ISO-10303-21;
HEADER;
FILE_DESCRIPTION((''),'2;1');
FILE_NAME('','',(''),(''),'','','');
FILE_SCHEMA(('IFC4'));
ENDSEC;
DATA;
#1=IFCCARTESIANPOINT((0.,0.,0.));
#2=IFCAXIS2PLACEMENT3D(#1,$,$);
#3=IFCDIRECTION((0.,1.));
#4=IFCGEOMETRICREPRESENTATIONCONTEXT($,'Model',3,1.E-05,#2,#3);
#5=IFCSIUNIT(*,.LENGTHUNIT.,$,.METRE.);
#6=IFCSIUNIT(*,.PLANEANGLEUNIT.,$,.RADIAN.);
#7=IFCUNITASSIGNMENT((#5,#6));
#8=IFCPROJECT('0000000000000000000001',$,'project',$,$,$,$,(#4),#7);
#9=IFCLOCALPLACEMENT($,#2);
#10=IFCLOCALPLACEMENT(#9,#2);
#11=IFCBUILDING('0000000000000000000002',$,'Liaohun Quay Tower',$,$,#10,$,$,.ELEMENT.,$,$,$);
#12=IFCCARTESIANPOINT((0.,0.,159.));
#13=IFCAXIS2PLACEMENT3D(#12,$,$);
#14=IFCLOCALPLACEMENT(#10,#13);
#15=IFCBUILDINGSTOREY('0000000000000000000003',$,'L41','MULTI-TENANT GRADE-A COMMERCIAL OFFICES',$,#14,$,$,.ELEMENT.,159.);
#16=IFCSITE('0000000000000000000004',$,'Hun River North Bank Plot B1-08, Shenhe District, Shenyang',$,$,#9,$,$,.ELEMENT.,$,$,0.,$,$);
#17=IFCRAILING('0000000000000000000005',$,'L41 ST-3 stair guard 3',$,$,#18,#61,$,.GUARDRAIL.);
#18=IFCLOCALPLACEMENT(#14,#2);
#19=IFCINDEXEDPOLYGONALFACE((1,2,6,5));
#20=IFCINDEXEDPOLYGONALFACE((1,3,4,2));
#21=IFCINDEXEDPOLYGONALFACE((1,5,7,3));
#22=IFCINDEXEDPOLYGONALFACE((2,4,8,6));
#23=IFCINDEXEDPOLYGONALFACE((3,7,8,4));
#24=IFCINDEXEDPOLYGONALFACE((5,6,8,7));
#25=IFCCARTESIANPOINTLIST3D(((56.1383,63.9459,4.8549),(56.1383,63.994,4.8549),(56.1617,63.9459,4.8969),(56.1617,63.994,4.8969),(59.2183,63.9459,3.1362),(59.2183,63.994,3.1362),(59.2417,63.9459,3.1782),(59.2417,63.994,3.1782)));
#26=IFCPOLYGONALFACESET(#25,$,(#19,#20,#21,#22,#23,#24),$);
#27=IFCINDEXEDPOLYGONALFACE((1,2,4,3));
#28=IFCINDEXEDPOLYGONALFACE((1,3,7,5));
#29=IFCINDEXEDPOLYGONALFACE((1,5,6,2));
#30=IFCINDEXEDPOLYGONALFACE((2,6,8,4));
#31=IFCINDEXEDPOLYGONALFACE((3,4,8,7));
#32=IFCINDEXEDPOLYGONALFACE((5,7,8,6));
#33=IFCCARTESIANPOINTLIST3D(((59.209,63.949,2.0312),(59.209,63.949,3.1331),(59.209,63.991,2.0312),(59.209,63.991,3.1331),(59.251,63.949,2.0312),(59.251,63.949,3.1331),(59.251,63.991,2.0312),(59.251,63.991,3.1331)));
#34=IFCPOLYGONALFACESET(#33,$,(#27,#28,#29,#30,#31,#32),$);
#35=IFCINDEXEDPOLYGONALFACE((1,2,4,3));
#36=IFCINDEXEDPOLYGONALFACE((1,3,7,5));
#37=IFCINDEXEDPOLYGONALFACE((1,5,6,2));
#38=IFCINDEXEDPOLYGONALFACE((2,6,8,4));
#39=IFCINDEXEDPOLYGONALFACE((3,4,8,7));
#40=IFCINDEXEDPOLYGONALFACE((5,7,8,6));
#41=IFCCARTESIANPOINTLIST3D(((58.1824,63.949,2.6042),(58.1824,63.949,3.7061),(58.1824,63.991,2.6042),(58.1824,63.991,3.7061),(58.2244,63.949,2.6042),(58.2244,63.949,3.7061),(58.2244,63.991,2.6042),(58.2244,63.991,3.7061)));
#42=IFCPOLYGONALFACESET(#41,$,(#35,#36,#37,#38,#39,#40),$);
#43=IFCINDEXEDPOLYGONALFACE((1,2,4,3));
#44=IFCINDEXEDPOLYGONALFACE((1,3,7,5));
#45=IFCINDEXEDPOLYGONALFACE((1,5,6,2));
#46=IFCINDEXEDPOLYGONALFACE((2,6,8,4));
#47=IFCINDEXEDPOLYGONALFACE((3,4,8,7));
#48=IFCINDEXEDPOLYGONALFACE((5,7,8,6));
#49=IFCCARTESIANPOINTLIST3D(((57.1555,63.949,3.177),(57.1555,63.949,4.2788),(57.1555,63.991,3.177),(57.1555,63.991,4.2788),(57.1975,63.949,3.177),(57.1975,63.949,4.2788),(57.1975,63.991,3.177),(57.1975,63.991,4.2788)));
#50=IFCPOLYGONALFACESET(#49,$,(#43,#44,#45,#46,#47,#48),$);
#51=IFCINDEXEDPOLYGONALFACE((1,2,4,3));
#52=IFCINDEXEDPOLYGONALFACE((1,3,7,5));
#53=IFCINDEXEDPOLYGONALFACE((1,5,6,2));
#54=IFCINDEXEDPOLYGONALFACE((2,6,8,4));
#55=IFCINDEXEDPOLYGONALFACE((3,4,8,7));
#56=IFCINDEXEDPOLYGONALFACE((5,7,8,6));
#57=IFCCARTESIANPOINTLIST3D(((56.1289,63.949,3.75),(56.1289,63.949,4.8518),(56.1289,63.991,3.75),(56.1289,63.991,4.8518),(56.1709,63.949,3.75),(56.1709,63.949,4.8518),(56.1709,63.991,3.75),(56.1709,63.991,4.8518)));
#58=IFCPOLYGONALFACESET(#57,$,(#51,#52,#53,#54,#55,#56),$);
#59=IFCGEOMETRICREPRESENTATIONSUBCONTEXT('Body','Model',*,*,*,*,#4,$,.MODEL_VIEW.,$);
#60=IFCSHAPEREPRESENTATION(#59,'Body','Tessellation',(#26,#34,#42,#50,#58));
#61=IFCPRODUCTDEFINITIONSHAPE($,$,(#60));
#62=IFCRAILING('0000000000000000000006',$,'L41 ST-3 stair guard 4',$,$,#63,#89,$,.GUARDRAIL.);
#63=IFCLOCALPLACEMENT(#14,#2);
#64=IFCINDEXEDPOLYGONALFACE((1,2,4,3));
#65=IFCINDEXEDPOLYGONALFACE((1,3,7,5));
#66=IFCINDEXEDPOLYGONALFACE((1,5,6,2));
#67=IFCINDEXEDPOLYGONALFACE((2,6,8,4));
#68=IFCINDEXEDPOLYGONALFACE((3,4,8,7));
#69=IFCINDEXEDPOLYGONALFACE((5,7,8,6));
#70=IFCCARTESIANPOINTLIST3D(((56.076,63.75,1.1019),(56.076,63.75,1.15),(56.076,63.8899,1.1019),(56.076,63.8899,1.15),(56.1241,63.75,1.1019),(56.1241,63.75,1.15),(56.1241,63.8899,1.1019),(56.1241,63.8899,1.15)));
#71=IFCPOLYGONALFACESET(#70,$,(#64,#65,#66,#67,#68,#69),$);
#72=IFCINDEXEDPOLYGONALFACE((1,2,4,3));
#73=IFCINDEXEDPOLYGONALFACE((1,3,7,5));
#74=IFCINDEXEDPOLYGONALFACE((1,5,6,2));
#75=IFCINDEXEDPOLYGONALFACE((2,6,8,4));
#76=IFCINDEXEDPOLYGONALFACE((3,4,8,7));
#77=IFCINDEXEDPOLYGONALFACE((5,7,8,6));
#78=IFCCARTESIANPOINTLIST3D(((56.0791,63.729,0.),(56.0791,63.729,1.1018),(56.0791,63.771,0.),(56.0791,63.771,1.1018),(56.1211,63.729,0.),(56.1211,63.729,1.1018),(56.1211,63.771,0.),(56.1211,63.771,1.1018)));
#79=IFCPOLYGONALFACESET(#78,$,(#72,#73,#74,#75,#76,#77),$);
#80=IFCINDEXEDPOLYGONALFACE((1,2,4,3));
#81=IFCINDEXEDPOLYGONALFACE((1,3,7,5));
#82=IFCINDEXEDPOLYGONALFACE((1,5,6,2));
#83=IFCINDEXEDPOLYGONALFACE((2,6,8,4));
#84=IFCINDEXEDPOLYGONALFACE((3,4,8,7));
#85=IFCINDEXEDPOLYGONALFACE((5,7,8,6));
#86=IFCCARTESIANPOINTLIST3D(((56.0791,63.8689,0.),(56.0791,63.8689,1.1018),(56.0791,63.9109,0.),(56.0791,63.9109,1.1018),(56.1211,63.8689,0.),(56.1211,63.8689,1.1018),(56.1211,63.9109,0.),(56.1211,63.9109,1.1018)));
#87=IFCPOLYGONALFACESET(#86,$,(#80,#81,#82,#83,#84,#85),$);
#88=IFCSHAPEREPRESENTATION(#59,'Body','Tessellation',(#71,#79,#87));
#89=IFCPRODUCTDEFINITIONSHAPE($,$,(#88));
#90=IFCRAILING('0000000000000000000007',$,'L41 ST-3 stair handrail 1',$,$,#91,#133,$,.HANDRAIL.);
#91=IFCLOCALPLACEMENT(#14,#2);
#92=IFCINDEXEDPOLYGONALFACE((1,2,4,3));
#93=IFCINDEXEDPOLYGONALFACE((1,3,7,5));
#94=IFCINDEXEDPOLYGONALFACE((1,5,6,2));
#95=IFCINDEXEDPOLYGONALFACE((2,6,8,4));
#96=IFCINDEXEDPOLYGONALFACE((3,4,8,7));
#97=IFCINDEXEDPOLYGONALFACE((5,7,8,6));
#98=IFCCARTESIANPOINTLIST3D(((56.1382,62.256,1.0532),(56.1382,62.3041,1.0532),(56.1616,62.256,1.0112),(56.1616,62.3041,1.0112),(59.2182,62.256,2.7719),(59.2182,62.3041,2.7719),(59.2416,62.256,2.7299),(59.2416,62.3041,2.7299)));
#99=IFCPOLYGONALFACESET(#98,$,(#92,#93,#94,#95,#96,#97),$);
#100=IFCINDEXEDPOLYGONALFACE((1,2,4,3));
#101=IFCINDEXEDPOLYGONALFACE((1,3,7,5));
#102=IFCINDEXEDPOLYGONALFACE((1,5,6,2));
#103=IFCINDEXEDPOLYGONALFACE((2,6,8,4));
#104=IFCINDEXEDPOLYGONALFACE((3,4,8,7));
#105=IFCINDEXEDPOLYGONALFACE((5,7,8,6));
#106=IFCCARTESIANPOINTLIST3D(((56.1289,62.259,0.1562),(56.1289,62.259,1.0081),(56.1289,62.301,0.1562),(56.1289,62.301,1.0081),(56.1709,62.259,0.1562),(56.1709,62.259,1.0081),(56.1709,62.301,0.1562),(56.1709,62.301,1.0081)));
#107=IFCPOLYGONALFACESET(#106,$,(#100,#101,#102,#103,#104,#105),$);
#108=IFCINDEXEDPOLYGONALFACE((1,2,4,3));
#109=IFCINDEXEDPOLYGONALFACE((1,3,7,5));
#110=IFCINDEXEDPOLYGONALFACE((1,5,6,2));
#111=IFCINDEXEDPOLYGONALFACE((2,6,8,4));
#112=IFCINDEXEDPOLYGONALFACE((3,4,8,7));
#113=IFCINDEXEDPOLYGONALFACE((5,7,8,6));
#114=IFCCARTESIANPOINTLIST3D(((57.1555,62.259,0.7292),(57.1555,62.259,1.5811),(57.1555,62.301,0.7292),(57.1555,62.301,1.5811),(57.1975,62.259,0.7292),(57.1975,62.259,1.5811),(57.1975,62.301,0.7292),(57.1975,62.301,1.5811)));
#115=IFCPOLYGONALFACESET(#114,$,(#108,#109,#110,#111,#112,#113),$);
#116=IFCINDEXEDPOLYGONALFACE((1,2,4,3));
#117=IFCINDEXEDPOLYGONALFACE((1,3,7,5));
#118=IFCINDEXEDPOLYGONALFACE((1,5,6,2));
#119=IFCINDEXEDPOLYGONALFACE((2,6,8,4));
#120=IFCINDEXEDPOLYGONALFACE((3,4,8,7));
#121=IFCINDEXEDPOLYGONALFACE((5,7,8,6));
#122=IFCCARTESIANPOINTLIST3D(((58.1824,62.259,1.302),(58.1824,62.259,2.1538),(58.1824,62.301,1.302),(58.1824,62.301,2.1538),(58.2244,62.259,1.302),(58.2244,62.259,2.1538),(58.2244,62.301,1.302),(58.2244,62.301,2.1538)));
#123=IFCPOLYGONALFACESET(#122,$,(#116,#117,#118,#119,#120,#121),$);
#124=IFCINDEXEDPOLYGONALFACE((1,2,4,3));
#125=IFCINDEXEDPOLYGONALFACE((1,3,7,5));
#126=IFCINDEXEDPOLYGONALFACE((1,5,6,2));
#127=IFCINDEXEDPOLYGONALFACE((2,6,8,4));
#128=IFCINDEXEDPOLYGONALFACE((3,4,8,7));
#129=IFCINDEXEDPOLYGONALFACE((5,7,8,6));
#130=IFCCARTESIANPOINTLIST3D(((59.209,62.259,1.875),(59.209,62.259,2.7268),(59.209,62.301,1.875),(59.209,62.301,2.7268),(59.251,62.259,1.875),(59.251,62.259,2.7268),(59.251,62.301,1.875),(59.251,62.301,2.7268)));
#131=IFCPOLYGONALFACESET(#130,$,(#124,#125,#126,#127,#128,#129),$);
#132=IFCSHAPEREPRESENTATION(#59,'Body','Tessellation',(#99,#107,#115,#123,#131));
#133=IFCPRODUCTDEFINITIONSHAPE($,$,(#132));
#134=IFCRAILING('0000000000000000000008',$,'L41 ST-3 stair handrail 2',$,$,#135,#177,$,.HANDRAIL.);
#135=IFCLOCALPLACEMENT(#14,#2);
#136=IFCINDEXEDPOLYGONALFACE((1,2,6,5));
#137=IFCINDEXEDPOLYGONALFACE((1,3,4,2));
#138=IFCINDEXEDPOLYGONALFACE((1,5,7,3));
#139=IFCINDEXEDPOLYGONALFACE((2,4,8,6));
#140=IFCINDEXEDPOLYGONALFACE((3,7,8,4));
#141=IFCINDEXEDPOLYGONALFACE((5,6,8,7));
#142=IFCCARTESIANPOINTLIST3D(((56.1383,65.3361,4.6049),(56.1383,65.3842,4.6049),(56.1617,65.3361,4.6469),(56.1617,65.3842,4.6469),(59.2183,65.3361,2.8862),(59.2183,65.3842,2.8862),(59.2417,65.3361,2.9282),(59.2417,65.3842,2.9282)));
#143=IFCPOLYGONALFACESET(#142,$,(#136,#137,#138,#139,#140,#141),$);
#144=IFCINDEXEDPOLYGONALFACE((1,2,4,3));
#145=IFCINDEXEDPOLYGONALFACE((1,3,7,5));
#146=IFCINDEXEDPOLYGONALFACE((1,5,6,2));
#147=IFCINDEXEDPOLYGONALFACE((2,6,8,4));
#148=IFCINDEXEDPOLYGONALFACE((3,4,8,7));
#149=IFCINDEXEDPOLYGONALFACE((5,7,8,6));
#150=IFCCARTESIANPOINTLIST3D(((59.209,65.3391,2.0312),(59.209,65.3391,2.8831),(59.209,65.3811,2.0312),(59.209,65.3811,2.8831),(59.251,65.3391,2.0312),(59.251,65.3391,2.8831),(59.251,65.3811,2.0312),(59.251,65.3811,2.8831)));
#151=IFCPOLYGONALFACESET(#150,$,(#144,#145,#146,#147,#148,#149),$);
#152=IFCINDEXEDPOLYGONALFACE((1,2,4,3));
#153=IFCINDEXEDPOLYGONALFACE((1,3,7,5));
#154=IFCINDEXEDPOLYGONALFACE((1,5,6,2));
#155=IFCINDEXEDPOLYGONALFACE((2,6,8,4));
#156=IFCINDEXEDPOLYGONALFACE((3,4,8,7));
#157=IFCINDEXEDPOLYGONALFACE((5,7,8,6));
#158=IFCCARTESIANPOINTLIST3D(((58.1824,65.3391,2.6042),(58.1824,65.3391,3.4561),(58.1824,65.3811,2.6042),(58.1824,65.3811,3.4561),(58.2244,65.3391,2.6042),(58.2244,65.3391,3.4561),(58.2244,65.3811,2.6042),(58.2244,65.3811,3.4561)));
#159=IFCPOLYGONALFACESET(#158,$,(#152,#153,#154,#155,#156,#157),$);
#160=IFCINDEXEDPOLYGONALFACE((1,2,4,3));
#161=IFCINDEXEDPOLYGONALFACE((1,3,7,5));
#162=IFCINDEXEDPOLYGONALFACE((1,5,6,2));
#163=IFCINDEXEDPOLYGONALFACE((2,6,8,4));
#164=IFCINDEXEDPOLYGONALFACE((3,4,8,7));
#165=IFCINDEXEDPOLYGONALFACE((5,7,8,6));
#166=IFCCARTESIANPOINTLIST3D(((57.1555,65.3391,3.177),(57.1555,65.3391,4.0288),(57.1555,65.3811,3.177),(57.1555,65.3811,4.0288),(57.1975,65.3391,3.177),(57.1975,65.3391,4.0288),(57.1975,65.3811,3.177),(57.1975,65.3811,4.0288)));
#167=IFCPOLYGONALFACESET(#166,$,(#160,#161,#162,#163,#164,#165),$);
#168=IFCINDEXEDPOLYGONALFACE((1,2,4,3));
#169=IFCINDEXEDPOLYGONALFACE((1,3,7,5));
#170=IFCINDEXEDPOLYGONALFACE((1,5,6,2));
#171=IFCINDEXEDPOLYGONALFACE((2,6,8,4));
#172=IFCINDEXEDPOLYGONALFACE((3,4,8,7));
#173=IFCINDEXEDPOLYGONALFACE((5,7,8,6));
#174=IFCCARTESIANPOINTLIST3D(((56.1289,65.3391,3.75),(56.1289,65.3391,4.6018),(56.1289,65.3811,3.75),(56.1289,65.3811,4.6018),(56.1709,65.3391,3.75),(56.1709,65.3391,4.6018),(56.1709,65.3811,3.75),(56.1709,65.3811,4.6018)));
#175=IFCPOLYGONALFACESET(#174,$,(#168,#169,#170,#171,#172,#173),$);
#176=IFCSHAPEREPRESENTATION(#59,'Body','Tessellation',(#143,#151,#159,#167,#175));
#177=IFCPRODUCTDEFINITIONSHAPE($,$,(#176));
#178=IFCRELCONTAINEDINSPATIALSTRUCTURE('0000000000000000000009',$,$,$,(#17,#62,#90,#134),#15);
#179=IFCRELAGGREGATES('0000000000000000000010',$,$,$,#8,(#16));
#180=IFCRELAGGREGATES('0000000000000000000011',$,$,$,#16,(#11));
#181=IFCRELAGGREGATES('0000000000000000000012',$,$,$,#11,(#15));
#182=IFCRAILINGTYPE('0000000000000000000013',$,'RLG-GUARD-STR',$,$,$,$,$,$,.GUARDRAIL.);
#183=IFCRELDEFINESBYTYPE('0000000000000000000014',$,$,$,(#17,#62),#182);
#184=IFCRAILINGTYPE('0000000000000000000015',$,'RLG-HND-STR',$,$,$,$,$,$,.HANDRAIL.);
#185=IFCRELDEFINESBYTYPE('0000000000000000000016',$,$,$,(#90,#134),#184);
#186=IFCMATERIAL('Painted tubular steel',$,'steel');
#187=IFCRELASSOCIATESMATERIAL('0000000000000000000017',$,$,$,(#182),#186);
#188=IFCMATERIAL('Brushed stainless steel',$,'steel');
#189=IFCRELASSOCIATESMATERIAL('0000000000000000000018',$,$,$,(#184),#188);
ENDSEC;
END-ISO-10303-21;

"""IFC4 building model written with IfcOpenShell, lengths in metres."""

from ifc_helpers import new_model, si_unit, direction, frame, origin, origin_2d, place, context, subcontext, project, spatial, rectangle, extrude, material, type_object, element, save


model = new_model("IFC4")

# Units and contexts
model_context = context("Model", 3, precision=1e-05, world=origin(), true_north=direction((0.0, 1.0)))
body_context = subcontext(model_context, "Body", "Model", "MODEL_VIEW")
ifc_project = project(units=[si_unit("LENGTHUNIT", "METRE"), si_unit("PLANEANGLEUNIT", "RADIAN")], contexts=[model_context])

# Site, building, storey
site_placement = place(None, origin())
site = spatial("IfcSite", under=ifc_project, at=site_placement, Name="Hun River North Bank Plot B1-08, Shenhe District, Shenyang", CompositionType="ELEMENT", RefElevation=0.0)
building_placement = place(site_placement, origin())
building = spatial("IfcBuilding", under=site, at=building_placement, Name="Liaohun Quay Tower", CompositionType="ELEMENT")
storey_placement = place(building_placement, frame((0.0, 0.0, 159.0)))
storey = spatial("IfcBuildingStorey", under=building, at=storey_placement, Name="L41", Description="MULTI-TENANT GRADE-A COMMERCIAL OFFICES", CompositionType="ELEMENT", Elevation=159.0)

# Railings
ifc_material_1 = material(Name="Painted tubular steel", Category="steel")
railing_type_1 = type_object("IfcRailingType", Name="RLG-GUARD-STR", PredefinedType="GUARDRAIL", material=ifc_material_1)
railing_1_placement = place(storey_placement, frame((59.23, 63.97, 2.0312)))
element("IfcRailing", 1, at=railing_1_placement, inside=storey, type_object=railing_type_1, Name="L41 ST-3 stair guard 3", PredefinedType="GUARDRAIL", context=body_context, shape_type="SweptSolid", body=[
    extrude(rectangle(XDim=0.0481, YDim=0.0481, at=origin_2d()), frame((0.0, 0.0, 1.126), z_axis=(-0.873242, 0.0, 0.487288), x_axis=(0.0, -1.0, 0.0)), (0.0, 0.0, 1.0), 3.5271),
    extrude(rectangle(XDim=0.042, YDim=0.042, at=origin_2d()), origin(), (0.0, 0.0, 1.0), 1.1018),
    extrude(rectangle(XDim=0.042, YDim=0.042, at=origin_2d()), frame((-1.0266, 0.0, 0.573)), (0.0, 0.0, 1.0), 1.1018),
    extrude(rectangle(XDim=0.042, YDim=0.042, at=origin_2d()), frame((-2.0535, 0.0, 1.1458)), (0.0, 0.0, 1.0), 1.1018),
    extrude(rectangle(XDim=0.042, YDim=0.042, at=origin_2d()), frame((-3.0801, 0.0, 1.7188)), (0.0, 0.0, 1.0), 1.1018),
])
railing_2_placement = place(storey_placement, frame((56.1001, 63.75, 0.0)))
element("IfcRailing", 2, at=railing_2_placement, inside=storey, type_object=railing_type_1, Name="L41 ST-3 stair guard 4", PredefinedType="GUARDRAIL", context=body_context, shape_type="SweptSolid", body=[
    extrude(rectangle(XDim=0.0481, YDim=0.0481, at=origin_2d()), frame((0.0, 0.0, 1.126), z_axis=(0.0, 1.0, 0.0), x_axis=(-1.0, 0.0, 0.0)), (0.0, 0.0, 1.0), 0.1399),
    extrude(rectangle(XDim=0.042, YDim=0.042, at=origin_2d()), origin(), (0.0, 0.0, 1.0), 1.1018),
    extrude(rectangle(XDim=0.042, YDim=0.042, at=origin_2d()), frame((0.0, 0.1399, 0.0)), (0.0, 0.0, 1.0), 1.1018),
])
ifc_material_2 = material(Name="Brushed stainless steel", Category="steel")
railing_type_2 = type_object("IfcRailingType", Name="RLG-HND-STR", PredefinedType="HANDRAIL", material=ifc_material_2)
railing_3_placement = place(storey_placement, frame((56.1499, 62.28, 0.1562)))
element("IfcRailing", 3, at=railing_3_placement, inside=storey, type_object=railing_type_2, Name="L41 ST-3 stair handrail 1", PredefinedType="HANDRAIL", context=body_context, shape_type="SweptSolid", body=[
    extrude(rectangle(XDim=0.0481, YDim=0.0481, at=origin_2d()), frame((0.0, 0.0, 0.876), z_axis=(0.873242, 0.0, 0.487288), x_axis=(0.0, 1.0, 0.0)), (0.0, 0.0, 1.0), 3.5271),
    extrude(rectangle(XDim=0.042, YDim=0.042, at=origin_2d()), origin(), (0.0, 0.0, 1.0), 0.8518),
    extrude(rectangle(XDim=0.042, YDim=0.042, at=origin_2d()), frame((1.0266, 0.0, 0.573)), (0.0, 0.0, 1.0), 0.8518),
    extrude(rectangle(XDim=0.042, YDim=0.042, at=origin_2d()), frame((2.0535, 0.0, 1.1458)), (0.0, 0.0, 1.0), 0.8518),
    extrude(rectangle(XDim=0.042, YDim=0.042, at=origin_2d()), frame((3.0801, 0.0, 1.7188)), (0.0, 0.0, 1.0), 0.8518),
])
railing_4_placement = place(storey_placement, frame((59.23, 65.3601, 2.0312)))
element("IfcRailing", 4, at=railing_4_placement, inside=storey, type_object=railing_type_2, Name="L41 ST-3 stair handrail 2", PredefinedType="HANDRAIL", context=body_context, shape_type="SweptSolid", body=[
    extrude(rectangle(XDim=0.0481, YDim=0.0481, at=origin_2d()), frame((0.0, 0.0, 0.876), z_axis=(-0.873242, 0.0, 0.487288), x_axis=(0.0, -1.0, 0.0)), (0.0, 0.0, 1.0), 3.5271),
    extrude(rectangle(XDim=0.042, YDim=0.042, at=origin_2d()), origin(), (0.0, 0.0, 1.0), 0.8518),
    extrude(rectangle(XDim=0.042, YDim=0.042, at=origin_2d()), frame((-1.0266, 0.0, 0.573)), (0.0, 0.0, 1.0), 0.8518),
    extrude(rectangle(XDim=0.042, YDim=0.042, at=origin_2d()), frame((-2.0535, 0.0, 1.1458)), (0.0, 0.0, 1.0), 0.8518),
    extrude(rectangle(XDim=0.042, YDim=0.042, at=origin_2d()), frame((-3.0801, 0.0, 1.7188)), (0.0, 0.0, 1.0), 0.8518),
])

save(model, "model.ifc")
